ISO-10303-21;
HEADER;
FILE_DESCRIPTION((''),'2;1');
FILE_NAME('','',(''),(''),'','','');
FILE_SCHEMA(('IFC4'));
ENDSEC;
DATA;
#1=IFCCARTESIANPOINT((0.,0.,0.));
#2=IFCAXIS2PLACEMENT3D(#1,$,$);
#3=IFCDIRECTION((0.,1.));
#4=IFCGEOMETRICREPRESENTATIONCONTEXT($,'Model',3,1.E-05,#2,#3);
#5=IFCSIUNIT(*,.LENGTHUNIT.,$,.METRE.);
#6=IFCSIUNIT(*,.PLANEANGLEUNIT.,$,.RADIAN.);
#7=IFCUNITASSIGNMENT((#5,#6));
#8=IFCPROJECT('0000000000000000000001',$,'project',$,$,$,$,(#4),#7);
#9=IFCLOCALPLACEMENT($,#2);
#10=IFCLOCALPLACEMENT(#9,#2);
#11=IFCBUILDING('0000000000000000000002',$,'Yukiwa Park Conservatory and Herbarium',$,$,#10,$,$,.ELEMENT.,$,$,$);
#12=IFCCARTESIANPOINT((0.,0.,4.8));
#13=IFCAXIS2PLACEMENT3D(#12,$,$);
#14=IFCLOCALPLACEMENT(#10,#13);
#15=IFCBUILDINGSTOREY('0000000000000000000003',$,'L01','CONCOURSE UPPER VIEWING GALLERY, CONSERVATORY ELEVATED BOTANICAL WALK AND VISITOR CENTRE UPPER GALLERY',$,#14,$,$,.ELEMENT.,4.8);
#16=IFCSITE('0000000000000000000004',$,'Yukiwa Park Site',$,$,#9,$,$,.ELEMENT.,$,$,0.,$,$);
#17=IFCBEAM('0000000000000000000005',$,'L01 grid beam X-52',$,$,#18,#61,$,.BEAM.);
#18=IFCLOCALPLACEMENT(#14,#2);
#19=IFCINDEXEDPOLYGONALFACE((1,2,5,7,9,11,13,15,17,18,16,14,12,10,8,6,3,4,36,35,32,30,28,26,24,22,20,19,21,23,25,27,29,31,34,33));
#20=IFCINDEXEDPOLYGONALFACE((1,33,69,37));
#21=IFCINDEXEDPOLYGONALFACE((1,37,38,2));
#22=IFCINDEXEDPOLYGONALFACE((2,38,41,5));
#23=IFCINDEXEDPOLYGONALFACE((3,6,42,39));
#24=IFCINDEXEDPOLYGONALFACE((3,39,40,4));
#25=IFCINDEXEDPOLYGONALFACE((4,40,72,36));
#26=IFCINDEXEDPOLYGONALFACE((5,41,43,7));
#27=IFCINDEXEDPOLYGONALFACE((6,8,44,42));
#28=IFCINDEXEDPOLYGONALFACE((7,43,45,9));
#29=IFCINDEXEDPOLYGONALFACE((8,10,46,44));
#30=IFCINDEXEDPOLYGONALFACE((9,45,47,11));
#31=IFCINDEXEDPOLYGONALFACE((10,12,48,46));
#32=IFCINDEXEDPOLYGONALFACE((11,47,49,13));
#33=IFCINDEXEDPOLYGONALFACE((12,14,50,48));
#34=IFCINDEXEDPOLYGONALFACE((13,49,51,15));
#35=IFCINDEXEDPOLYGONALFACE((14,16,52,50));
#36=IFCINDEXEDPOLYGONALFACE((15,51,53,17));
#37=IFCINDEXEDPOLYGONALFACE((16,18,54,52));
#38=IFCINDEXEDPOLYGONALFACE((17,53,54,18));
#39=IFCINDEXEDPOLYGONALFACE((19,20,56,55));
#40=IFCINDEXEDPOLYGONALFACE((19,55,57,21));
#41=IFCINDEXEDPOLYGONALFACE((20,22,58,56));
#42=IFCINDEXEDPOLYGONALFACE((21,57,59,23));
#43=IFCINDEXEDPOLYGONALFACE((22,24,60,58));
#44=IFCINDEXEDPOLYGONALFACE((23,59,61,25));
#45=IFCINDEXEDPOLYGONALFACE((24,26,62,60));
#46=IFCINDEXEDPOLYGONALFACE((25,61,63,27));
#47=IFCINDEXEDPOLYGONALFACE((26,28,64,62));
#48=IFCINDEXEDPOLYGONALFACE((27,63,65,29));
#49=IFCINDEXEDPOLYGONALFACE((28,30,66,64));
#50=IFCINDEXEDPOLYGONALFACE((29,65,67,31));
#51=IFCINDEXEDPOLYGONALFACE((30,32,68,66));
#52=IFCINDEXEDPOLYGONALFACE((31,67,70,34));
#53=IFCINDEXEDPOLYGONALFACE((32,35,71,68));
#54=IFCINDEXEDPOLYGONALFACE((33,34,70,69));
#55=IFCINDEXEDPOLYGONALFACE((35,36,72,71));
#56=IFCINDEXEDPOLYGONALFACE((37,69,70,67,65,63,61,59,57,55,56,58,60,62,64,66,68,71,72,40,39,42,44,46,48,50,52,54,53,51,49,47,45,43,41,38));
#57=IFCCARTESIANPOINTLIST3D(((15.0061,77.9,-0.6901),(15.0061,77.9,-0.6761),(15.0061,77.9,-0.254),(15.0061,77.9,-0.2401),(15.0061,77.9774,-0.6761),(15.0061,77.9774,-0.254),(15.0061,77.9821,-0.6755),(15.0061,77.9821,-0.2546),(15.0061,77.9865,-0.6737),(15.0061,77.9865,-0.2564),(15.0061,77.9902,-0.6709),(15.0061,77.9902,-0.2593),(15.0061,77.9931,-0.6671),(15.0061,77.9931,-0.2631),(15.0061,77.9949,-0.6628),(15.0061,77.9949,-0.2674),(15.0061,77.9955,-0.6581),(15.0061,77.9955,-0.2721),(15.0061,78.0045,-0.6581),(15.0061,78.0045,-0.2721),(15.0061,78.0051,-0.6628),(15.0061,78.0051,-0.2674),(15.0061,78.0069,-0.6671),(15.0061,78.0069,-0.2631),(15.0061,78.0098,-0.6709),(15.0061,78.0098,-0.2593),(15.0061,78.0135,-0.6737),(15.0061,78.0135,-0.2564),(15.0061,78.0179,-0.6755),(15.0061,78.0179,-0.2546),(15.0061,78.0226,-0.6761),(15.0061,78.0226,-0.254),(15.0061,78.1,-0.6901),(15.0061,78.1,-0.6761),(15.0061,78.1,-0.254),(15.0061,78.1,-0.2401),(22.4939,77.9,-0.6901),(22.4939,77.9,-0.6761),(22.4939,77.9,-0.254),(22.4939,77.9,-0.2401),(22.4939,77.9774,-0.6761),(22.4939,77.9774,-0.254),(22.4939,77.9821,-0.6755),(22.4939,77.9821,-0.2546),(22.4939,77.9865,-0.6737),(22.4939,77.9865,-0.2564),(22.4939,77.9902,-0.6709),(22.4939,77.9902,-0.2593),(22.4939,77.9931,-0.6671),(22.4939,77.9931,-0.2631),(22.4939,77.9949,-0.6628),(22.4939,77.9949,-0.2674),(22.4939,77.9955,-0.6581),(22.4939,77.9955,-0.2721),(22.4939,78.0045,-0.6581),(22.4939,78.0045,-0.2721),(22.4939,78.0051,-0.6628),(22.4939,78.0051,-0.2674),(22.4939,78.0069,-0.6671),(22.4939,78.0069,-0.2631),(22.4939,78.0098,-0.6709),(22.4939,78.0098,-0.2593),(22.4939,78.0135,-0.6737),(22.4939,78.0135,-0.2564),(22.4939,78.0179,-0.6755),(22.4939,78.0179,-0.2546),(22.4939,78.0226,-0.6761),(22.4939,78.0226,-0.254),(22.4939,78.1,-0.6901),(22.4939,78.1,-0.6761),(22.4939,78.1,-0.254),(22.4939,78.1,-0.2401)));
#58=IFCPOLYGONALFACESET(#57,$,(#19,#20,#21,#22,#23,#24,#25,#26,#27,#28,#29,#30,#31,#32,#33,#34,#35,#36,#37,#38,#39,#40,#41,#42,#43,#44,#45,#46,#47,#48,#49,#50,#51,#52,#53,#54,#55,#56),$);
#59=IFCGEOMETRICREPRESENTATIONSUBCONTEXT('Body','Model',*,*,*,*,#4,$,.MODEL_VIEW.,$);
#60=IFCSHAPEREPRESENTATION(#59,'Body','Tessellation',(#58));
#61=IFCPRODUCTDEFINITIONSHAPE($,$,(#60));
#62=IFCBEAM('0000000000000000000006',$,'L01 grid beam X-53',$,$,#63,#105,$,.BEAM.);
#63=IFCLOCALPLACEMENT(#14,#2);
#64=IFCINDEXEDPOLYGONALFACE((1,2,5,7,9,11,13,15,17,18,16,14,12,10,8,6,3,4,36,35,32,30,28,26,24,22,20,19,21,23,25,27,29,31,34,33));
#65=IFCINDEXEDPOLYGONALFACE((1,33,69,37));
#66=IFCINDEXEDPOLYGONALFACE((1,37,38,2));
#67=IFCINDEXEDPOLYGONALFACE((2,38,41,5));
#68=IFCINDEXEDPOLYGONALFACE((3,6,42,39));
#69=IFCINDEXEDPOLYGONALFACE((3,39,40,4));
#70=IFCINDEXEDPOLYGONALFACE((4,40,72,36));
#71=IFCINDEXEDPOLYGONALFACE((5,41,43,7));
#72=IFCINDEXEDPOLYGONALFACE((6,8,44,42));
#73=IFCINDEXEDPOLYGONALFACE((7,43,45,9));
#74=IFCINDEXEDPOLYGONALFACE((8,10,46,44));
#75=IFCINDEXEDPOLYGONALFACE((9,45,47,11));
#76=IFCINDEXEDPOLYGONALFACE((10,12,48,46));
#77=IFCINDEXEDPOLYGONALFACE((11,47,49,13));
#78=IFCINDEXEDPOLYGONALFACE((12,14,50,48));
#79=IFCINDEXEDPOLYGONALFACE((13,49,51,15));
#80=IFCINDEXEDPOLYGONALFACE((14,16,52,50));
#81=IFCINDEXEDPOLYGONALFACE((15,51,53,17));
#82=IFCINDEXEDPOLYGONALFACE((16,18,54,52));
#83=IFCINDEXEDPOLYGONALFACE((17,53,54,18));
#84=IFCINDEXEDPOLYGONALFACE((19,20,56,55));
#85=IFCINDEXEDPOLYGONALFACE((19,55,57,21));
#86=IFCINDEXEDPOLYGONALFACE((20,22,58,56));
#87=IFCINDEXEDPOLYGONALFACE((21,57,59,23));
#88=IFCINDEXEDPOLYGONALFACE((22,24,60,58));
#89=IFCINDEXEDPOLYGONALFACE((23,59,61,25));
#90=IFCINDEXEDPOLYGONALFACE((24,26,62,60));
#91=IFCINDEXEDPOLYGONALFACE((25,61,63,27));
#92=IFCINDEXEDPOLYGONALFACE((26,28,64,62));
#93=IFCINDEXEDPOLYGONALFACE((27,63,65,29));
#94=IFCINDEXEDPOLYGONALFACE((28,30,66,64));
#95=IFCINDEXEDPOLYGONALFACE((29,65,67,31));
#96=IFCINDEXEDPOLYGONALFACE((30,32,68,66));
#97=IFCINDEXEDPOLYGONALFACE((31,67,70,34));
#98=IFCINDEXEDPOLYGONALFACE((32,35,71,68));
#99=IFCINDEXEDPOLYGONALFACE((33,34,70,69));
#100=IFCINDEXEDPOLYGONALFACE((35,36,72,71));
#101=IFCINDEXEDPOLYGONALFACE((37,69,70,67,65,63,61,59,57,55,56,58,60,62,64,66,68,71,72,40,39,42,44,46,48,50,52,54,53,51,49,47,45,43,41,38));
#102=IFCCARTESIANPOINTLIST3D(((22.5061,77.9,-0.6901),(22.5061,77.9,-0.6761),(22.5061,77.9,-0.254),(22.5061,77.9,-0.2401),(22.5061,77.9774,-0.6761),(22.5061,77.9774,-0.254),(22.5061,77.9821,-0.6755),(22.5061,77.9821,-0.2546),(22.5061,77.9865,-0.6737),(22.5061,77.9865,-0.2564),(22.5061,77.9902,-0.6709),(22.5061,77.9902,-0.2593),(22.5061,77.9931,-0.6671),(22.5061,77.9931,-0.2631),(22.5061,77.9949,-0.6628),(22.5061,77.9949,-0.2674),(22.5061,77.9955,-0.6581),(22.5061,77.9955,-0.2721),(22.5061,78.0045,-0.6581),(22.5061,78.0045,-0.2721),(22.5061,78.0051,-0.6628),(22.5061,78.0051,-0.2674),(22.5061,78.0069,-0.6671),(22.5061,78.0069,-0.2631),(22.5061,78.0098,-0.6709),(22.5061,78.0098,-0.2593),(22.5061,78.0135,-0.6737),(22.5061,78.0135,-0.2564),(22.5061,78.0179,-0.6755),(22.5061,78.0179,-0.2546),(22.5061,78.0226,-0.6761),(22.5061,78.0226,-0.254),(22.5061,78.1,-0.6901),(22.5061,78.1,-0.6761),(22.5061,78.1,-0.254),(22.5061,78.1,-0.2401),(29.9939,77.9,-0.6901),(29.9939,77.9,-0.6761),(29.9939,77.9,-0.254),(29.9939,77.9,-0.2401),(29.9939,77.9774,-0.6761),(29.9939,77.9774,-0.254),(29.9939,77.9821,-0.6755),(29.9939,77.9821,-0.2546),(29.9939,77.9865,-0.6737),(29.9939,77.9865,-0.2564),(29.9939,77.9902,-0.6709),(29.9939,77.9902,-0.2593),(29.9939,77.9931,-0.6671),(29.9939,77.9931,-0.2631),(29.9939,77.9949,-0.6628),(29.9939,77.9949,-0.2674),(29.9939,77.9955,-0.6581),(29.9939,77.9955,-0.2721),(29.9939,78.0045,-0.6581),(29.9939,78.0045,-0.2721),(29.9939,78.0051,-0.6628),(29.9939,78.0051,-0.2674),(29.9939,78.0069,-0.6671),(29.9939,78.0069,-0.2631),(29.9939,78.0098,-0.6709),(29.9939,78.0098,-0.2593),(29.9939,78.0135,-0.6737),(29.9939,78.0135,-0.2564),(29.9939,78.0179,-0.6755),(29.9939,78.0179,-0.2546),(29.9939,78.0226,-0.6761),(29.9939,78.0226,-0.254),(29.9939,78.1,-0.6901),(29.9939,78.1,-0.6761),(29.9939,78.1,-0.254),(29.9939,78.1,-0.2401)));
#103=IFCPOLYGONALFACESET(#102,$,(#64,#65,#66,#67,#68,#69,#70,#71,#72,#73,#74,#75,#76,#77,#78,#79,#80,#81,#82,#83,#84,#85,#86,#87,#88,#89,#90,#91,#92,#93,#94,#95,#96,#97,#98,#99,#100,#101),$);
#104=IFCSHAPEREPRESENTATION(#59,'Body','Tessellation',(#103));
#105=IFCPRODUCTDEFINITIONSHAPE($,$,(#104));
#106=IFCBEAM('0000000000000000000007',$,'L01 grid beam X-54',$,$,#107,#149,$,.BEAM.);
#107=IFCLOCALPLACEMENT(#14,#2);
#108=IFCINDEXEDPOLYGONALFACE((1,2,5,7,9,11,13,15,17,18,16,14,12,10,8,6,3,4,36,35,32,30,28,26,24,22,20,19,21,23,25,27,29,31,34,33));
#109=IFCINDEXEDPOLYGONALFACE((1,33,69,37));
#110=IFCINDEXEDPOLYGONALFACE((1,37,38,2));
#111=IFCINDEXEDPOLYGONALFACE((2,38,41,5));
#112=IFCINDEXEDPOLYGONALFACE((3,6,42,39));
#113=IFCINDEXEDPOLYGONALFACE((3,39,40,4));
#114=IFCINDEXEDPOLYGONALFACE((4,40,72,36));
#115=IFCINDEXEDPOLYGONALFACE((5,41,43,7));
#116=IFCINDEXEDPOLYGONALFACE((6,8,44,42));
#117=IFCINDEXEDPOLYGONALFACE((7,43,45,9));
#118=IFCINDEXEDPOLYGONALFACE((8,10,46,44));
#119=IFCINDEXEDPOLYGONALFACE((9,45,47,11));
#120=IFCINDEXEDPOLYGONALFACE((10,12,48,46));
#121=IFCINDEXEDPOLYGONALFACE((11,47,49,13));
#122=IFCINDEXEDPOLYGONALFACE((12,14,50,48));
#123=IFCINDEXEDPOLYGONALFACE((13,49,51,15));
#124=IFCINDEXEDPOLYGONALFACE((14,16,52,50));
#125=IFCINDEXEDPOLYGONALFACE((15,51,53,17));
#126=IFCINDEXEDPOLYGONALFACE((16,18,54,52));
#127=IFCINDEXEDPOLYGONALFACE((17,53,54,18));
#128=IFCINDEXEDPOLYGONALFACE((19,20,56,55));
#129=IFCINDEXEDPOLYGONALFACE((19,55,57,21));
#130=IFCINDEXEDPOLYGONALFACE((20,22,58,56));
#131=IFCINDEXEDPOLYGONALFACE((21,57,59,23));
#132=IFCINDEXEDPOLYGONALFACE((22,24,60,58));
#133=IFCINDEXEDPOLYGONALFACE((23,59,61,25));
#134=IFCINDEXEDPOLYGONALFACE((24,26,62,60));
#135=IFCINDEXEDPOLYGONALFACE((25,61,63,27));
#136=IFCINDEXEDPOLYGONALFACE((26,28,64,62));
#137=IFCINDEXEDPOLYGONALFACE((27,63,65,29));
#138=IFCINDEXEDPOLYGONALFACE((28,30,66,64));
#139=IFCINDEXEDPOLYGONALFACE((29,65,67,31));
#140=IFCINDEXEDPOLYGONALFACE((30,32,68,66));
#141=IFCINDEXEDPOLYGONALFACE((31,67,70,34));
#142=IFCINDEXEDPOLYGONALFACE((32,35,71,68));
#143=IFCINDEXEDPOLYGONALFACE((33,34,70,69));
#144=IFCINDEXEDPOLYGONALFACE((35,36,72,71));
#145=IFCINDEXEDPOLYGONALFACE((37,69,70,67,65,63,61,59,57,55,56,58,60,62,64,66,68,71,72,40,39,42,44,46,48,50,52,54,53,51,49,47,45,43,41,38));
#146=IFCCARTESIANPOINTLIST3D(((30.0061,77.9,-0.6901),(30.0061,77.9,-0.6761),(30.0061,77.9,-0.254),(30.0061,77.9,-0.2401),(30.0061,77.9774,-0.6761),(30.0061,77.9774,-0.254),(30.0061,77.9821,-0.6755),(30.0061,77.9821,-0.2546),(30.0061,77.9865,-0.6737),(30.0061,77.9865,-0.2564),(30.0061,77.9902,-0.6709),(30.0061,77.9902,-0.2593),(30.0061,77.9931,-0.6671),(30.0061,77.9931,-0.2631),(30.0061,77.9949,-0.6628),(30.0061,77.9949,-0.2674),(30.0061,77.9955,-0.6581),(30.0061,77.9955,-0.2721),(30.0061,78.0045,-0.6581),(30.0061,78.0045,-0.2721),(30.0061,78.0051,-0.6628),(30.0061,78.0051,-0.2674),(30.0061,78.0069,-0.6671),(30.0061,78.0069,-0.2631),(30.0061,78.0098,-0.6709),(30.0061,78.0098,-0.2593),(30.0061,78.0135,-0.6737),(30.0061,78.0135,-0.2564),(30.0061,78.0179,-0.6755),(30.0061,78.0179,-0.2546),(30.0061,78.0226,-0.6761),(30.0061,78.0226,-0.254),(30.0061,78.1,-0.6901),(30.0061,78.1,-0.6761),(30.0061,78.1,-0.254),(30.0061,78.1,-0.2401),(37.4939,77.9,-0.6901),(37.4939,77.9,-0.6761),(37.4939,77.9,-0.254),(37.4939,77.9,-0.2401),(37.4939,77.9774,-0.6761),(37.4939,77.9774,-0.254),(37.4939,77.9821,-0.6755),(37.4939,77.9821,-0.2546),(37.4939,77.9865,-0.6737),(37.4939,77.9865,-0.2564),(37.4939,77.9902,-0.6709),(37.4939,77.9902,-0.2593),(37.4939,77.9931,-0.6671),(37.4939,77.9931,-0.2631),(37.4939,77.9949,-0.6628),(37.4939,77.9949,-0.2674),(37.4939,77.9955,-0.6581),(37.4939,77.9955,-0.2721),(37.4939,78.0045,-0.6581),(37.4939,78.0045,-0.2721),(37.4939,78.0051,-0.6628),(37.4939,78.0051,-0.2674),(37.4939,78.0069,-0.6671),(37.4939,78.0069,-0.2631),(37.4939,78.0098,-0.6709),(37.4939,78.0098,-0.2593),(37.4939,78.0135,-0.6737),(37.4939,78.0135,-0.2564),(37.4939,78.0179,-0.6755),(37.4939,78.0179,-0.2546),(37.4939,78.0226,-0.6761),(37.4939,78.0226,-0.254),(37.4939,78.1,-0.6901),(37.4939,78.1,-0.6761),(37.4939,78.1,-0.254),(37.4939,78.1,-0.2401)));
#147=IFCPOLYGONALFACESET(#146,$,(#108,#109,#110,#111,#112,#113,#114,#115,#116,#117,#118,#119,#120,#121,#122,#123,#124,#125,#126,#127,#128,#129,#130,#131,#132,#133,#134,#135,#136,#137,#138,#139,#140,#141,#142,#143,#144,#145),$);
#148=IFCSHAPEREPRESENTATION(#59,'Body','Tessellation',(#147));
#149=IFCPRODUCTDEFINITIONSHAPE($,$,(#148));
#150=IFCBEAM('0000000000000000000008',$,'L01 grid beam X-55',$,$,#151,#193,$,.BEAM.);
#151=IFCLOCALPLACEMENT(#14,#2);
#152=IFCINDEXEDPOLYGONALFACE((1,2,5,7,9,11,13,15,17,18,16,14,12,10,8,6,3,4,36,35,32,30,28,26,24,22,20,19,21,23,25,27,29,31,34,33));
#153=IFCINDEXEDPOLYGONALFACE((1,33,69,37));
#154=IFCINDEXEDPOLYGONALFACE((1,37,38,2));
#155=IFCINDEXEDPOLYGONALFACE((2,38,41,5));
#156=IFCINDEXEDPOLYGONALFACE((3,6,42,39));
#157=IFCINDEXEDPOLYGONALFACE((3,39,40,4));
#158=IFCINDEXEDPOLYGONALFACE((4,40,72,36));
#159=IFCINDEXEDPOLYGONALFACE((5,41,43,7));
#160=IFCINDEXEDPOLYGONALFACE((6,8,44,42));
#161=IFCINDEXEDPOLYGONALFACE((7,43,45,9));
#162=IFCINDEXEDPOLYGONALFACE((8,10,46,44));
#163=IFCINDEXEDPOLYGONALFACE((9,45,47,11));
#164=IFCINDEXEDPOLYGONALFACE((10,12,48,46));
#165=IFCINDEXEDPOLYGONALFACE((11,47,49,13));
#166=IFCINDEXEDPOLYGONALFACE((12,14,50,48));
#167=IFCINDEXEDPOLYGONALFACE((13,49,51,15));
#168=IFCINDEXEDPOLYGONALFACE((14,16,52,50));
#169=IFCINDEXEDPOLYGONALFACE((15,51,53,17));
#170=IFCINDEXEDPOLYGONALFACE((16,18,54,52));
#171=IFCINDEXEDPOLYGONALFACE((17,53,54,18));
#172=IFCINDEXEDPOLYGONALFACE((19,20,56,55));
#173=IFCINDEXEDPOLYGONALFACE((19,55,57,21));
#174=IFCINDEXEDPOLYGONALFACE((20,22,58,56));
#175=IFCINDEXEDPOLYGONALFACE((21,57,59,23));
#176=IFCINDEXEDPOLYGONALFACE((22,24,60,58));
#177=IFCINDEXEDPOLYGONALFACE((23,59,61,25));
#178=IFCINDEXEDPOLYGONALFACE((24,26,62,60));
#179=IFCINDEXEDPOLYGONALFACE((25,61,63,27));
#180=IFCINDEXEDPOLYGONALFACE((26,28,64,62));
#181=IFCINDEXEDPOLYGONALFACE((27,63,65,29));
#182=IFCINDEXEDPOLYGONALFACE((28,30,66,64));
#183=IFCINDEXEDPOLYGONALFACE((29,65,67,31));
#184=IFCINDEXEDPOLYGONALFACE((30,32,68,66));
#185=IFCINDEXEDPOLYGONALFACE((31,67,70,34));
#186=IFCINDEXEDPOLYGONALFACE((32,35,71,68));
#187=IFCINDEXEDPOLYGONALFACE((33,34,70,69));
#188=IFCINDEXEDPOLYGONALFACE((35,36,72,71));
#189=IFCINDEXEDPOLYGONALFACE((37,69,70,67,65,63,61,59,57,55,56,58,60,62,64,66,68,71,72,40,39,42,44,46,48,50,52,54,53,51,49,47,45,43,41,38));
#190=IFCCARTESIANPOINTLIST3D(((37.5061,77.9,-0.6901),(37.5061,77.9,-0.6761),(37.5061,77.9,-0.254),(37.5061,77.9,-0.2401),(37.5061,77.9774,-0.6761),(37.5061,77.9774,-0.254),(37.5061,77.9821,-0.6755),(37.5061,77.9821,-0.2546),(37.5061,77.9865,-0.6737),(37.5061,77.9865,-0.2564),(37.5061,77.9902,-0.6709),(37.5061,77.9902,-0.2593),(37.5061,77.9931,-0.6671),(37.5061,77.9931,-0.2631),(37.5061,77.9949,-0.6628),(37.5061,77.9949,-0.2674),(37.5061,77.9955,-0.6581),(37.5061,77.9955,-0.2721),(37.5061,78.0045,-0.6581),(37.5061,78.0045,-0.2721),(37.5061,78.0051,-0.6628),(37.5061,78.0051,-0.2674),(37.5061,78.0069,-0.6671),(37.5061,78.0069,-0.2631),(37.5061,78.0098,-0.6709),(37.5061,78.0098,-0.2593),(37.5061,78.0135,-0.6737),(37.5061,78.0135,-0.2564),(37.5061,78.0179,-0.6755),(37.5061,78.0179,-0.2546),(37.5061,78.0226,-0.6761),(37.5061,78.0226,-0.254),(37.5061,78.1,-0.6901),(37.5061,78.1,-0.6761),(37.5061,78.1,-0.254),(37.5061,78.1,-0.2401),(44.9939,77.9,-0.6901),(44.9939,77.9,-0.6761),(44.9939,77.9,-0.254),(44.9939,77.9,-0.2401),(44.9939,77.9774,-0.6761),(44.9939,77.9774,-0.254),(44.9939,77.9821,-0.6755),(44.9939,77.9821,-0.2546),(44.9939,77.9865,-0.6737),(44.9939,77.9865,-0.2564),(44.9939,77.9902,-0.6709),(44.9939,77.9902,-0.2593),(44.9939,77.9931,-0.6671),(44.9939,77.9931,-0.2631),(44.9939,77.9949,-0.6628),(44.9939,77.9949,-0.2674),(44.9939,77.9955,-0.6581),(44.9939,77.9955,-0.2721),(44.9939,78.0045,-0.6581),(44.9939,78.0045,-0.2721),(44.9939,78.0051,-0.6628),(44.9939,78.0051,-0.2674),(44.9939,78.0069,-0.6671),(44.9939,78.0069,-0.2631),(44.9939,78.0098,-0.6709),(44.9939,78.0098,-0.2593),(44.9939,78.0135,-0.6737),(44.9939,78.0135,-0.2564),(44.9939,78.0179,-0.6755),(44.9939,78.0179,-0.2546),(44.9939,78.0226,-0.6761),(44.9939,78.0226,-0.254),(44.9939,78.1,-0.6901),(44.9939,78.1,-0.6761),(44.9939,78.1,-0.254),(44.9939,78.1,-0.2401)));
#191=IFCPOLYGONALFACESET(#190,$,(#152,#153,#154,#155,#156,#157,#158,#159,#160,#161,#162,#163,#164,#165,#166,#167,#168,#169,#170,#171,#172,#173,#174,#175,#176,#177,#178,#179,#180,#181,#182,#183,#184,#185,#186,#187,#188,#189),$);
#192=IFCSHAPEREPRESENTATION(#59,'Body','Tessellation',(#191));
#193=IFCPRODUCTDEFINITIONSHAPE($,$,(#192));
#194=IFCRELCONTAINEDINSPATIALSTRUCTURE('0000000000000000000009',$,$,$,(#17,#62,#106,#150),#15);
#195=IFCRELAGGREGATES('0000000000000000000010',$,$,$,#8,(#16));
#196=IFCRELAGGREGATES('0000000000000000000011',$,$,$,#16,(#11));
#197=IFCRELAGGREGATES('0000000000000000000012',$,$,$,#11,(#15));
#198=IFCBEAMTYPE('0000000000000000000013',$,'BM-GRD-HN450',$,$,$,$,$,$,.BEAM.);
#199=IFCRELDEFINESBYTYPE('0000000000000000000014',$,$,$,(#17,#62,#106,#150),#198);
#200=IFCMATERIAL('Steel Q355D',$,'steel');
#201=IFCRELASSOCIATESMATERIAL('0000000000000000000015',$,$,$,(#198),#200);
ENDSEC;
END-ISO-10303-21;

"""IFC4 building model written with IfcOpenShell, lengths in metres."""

from ifc_helpers import new_model, si_unit, direction, frame, origin, origin_2d, place, context, subcontext, project, spatial, i_section, extrude, material, material_profile, profile_set, type_object, element, save


model = new_model("IFC4")

# Units and contexts
model_context = context("Model", 3, precision=1e-05, world=origin(), true_north=direction((0.0, 1.0)))
body_context = subcontext(model_context, "Body", "Model", "MODEL_VIEW")
ifc_project = project(units=[si_unit("LENGTHUNIT", "METRE"), si_unit("PLANEANGLEUNIT", "RADIAN")], contexts=[model_context])

# Site, building, storey
site_placement = place(None, origin())
site = spatial("IfcSite", under=ifc_project, at=site_placement, Name="Yukiwa Park Site", CompositionType="ELEMENT", RefElevation=0.0)
building_placement = place(site_placement, origin())
building = spatial("IfcBuilding", under=site, at=building_placement, Name="Yukiwa Park Conservatory and Herbarium", CompositionType="ELEMENT")
storey_placement = place(building_placement, frame((0.0, 0.0, 4.8)))
storey = spatial("IfcBuildingStorey", under=building, at=storey_placement, Name="L01", Description="CONCOURSE UPPER VIEWING GALLERY, CONSERVATORY ELEVATED BOTANICAL WALK AND VISITOR CENTRE UPPER GALLERY", CompositionType="ELEMENT", Elevation=4.8)

# Beams
ifc_material_1 = material(Name="Steel Q355D", Category="steel")
ifc_material_profile_1 = material_profile(ifc_material_1, i_section(OverallWidth=0.2, OverallDepth=0.45, WebThickness=0.009, FlangeThickness=0.0139, FilletRadius=0.0181, at=origin_2d()), Name="HN 450x200x9x14")
ifc_profile_set_1 = profile_set([ifc_material_profile_1], Name="Steel Q355D")
beam_type_1 = type_object("IfcBeamType", Name="BM-GRD-HN450", PredefinedType="BEAM", material=ifc_profile_set_1)
for number, where, z_axis, x_axis, name in (
    (1, (15.0061, 78.0, -0.4651), (1.0, 0.0, 0.0), (0.0, 1.0, 0.0), "L01 grid beam X-52"),
    (2, (22.5061, 78.0, -0.4651), (1.0, 0.0, 0.0), (0.0, 1.0, 0.0), "L01 grid beam X-53"),
    (3, (30.0061, 78.0, -0.4651), (1.0, 0.0, 0.0), (0.0, 1.0, 0.0), "L01 grid beam X-54"),
    (4, (37.5061, 78.0, -0.4651), (1.0, 0.0, 0.0), (0.0, 1.0, 0.0), "L01 grid beam X-55"),
):
    element("IfcBeam", number, at=place(storey_placement, frame(where, z_axis=z_axis, x_axis=x_axis)), inside=storey, type_object=beam_type_1, Name=name, PredefinedType="BEAM", context=body_context, shape_type="SweptSolid", body=[
        extrude(i_section(OverallWidth=0.2, OverallDepth=0.45, WebThickness=0.009, FlangeThickness=0.0139, FilletRadius=0.0181, at=origin_2d()), origin(), (0.0, 0.0, 1.0), 7.4878),
    ])

save(model, "model.ifc")
